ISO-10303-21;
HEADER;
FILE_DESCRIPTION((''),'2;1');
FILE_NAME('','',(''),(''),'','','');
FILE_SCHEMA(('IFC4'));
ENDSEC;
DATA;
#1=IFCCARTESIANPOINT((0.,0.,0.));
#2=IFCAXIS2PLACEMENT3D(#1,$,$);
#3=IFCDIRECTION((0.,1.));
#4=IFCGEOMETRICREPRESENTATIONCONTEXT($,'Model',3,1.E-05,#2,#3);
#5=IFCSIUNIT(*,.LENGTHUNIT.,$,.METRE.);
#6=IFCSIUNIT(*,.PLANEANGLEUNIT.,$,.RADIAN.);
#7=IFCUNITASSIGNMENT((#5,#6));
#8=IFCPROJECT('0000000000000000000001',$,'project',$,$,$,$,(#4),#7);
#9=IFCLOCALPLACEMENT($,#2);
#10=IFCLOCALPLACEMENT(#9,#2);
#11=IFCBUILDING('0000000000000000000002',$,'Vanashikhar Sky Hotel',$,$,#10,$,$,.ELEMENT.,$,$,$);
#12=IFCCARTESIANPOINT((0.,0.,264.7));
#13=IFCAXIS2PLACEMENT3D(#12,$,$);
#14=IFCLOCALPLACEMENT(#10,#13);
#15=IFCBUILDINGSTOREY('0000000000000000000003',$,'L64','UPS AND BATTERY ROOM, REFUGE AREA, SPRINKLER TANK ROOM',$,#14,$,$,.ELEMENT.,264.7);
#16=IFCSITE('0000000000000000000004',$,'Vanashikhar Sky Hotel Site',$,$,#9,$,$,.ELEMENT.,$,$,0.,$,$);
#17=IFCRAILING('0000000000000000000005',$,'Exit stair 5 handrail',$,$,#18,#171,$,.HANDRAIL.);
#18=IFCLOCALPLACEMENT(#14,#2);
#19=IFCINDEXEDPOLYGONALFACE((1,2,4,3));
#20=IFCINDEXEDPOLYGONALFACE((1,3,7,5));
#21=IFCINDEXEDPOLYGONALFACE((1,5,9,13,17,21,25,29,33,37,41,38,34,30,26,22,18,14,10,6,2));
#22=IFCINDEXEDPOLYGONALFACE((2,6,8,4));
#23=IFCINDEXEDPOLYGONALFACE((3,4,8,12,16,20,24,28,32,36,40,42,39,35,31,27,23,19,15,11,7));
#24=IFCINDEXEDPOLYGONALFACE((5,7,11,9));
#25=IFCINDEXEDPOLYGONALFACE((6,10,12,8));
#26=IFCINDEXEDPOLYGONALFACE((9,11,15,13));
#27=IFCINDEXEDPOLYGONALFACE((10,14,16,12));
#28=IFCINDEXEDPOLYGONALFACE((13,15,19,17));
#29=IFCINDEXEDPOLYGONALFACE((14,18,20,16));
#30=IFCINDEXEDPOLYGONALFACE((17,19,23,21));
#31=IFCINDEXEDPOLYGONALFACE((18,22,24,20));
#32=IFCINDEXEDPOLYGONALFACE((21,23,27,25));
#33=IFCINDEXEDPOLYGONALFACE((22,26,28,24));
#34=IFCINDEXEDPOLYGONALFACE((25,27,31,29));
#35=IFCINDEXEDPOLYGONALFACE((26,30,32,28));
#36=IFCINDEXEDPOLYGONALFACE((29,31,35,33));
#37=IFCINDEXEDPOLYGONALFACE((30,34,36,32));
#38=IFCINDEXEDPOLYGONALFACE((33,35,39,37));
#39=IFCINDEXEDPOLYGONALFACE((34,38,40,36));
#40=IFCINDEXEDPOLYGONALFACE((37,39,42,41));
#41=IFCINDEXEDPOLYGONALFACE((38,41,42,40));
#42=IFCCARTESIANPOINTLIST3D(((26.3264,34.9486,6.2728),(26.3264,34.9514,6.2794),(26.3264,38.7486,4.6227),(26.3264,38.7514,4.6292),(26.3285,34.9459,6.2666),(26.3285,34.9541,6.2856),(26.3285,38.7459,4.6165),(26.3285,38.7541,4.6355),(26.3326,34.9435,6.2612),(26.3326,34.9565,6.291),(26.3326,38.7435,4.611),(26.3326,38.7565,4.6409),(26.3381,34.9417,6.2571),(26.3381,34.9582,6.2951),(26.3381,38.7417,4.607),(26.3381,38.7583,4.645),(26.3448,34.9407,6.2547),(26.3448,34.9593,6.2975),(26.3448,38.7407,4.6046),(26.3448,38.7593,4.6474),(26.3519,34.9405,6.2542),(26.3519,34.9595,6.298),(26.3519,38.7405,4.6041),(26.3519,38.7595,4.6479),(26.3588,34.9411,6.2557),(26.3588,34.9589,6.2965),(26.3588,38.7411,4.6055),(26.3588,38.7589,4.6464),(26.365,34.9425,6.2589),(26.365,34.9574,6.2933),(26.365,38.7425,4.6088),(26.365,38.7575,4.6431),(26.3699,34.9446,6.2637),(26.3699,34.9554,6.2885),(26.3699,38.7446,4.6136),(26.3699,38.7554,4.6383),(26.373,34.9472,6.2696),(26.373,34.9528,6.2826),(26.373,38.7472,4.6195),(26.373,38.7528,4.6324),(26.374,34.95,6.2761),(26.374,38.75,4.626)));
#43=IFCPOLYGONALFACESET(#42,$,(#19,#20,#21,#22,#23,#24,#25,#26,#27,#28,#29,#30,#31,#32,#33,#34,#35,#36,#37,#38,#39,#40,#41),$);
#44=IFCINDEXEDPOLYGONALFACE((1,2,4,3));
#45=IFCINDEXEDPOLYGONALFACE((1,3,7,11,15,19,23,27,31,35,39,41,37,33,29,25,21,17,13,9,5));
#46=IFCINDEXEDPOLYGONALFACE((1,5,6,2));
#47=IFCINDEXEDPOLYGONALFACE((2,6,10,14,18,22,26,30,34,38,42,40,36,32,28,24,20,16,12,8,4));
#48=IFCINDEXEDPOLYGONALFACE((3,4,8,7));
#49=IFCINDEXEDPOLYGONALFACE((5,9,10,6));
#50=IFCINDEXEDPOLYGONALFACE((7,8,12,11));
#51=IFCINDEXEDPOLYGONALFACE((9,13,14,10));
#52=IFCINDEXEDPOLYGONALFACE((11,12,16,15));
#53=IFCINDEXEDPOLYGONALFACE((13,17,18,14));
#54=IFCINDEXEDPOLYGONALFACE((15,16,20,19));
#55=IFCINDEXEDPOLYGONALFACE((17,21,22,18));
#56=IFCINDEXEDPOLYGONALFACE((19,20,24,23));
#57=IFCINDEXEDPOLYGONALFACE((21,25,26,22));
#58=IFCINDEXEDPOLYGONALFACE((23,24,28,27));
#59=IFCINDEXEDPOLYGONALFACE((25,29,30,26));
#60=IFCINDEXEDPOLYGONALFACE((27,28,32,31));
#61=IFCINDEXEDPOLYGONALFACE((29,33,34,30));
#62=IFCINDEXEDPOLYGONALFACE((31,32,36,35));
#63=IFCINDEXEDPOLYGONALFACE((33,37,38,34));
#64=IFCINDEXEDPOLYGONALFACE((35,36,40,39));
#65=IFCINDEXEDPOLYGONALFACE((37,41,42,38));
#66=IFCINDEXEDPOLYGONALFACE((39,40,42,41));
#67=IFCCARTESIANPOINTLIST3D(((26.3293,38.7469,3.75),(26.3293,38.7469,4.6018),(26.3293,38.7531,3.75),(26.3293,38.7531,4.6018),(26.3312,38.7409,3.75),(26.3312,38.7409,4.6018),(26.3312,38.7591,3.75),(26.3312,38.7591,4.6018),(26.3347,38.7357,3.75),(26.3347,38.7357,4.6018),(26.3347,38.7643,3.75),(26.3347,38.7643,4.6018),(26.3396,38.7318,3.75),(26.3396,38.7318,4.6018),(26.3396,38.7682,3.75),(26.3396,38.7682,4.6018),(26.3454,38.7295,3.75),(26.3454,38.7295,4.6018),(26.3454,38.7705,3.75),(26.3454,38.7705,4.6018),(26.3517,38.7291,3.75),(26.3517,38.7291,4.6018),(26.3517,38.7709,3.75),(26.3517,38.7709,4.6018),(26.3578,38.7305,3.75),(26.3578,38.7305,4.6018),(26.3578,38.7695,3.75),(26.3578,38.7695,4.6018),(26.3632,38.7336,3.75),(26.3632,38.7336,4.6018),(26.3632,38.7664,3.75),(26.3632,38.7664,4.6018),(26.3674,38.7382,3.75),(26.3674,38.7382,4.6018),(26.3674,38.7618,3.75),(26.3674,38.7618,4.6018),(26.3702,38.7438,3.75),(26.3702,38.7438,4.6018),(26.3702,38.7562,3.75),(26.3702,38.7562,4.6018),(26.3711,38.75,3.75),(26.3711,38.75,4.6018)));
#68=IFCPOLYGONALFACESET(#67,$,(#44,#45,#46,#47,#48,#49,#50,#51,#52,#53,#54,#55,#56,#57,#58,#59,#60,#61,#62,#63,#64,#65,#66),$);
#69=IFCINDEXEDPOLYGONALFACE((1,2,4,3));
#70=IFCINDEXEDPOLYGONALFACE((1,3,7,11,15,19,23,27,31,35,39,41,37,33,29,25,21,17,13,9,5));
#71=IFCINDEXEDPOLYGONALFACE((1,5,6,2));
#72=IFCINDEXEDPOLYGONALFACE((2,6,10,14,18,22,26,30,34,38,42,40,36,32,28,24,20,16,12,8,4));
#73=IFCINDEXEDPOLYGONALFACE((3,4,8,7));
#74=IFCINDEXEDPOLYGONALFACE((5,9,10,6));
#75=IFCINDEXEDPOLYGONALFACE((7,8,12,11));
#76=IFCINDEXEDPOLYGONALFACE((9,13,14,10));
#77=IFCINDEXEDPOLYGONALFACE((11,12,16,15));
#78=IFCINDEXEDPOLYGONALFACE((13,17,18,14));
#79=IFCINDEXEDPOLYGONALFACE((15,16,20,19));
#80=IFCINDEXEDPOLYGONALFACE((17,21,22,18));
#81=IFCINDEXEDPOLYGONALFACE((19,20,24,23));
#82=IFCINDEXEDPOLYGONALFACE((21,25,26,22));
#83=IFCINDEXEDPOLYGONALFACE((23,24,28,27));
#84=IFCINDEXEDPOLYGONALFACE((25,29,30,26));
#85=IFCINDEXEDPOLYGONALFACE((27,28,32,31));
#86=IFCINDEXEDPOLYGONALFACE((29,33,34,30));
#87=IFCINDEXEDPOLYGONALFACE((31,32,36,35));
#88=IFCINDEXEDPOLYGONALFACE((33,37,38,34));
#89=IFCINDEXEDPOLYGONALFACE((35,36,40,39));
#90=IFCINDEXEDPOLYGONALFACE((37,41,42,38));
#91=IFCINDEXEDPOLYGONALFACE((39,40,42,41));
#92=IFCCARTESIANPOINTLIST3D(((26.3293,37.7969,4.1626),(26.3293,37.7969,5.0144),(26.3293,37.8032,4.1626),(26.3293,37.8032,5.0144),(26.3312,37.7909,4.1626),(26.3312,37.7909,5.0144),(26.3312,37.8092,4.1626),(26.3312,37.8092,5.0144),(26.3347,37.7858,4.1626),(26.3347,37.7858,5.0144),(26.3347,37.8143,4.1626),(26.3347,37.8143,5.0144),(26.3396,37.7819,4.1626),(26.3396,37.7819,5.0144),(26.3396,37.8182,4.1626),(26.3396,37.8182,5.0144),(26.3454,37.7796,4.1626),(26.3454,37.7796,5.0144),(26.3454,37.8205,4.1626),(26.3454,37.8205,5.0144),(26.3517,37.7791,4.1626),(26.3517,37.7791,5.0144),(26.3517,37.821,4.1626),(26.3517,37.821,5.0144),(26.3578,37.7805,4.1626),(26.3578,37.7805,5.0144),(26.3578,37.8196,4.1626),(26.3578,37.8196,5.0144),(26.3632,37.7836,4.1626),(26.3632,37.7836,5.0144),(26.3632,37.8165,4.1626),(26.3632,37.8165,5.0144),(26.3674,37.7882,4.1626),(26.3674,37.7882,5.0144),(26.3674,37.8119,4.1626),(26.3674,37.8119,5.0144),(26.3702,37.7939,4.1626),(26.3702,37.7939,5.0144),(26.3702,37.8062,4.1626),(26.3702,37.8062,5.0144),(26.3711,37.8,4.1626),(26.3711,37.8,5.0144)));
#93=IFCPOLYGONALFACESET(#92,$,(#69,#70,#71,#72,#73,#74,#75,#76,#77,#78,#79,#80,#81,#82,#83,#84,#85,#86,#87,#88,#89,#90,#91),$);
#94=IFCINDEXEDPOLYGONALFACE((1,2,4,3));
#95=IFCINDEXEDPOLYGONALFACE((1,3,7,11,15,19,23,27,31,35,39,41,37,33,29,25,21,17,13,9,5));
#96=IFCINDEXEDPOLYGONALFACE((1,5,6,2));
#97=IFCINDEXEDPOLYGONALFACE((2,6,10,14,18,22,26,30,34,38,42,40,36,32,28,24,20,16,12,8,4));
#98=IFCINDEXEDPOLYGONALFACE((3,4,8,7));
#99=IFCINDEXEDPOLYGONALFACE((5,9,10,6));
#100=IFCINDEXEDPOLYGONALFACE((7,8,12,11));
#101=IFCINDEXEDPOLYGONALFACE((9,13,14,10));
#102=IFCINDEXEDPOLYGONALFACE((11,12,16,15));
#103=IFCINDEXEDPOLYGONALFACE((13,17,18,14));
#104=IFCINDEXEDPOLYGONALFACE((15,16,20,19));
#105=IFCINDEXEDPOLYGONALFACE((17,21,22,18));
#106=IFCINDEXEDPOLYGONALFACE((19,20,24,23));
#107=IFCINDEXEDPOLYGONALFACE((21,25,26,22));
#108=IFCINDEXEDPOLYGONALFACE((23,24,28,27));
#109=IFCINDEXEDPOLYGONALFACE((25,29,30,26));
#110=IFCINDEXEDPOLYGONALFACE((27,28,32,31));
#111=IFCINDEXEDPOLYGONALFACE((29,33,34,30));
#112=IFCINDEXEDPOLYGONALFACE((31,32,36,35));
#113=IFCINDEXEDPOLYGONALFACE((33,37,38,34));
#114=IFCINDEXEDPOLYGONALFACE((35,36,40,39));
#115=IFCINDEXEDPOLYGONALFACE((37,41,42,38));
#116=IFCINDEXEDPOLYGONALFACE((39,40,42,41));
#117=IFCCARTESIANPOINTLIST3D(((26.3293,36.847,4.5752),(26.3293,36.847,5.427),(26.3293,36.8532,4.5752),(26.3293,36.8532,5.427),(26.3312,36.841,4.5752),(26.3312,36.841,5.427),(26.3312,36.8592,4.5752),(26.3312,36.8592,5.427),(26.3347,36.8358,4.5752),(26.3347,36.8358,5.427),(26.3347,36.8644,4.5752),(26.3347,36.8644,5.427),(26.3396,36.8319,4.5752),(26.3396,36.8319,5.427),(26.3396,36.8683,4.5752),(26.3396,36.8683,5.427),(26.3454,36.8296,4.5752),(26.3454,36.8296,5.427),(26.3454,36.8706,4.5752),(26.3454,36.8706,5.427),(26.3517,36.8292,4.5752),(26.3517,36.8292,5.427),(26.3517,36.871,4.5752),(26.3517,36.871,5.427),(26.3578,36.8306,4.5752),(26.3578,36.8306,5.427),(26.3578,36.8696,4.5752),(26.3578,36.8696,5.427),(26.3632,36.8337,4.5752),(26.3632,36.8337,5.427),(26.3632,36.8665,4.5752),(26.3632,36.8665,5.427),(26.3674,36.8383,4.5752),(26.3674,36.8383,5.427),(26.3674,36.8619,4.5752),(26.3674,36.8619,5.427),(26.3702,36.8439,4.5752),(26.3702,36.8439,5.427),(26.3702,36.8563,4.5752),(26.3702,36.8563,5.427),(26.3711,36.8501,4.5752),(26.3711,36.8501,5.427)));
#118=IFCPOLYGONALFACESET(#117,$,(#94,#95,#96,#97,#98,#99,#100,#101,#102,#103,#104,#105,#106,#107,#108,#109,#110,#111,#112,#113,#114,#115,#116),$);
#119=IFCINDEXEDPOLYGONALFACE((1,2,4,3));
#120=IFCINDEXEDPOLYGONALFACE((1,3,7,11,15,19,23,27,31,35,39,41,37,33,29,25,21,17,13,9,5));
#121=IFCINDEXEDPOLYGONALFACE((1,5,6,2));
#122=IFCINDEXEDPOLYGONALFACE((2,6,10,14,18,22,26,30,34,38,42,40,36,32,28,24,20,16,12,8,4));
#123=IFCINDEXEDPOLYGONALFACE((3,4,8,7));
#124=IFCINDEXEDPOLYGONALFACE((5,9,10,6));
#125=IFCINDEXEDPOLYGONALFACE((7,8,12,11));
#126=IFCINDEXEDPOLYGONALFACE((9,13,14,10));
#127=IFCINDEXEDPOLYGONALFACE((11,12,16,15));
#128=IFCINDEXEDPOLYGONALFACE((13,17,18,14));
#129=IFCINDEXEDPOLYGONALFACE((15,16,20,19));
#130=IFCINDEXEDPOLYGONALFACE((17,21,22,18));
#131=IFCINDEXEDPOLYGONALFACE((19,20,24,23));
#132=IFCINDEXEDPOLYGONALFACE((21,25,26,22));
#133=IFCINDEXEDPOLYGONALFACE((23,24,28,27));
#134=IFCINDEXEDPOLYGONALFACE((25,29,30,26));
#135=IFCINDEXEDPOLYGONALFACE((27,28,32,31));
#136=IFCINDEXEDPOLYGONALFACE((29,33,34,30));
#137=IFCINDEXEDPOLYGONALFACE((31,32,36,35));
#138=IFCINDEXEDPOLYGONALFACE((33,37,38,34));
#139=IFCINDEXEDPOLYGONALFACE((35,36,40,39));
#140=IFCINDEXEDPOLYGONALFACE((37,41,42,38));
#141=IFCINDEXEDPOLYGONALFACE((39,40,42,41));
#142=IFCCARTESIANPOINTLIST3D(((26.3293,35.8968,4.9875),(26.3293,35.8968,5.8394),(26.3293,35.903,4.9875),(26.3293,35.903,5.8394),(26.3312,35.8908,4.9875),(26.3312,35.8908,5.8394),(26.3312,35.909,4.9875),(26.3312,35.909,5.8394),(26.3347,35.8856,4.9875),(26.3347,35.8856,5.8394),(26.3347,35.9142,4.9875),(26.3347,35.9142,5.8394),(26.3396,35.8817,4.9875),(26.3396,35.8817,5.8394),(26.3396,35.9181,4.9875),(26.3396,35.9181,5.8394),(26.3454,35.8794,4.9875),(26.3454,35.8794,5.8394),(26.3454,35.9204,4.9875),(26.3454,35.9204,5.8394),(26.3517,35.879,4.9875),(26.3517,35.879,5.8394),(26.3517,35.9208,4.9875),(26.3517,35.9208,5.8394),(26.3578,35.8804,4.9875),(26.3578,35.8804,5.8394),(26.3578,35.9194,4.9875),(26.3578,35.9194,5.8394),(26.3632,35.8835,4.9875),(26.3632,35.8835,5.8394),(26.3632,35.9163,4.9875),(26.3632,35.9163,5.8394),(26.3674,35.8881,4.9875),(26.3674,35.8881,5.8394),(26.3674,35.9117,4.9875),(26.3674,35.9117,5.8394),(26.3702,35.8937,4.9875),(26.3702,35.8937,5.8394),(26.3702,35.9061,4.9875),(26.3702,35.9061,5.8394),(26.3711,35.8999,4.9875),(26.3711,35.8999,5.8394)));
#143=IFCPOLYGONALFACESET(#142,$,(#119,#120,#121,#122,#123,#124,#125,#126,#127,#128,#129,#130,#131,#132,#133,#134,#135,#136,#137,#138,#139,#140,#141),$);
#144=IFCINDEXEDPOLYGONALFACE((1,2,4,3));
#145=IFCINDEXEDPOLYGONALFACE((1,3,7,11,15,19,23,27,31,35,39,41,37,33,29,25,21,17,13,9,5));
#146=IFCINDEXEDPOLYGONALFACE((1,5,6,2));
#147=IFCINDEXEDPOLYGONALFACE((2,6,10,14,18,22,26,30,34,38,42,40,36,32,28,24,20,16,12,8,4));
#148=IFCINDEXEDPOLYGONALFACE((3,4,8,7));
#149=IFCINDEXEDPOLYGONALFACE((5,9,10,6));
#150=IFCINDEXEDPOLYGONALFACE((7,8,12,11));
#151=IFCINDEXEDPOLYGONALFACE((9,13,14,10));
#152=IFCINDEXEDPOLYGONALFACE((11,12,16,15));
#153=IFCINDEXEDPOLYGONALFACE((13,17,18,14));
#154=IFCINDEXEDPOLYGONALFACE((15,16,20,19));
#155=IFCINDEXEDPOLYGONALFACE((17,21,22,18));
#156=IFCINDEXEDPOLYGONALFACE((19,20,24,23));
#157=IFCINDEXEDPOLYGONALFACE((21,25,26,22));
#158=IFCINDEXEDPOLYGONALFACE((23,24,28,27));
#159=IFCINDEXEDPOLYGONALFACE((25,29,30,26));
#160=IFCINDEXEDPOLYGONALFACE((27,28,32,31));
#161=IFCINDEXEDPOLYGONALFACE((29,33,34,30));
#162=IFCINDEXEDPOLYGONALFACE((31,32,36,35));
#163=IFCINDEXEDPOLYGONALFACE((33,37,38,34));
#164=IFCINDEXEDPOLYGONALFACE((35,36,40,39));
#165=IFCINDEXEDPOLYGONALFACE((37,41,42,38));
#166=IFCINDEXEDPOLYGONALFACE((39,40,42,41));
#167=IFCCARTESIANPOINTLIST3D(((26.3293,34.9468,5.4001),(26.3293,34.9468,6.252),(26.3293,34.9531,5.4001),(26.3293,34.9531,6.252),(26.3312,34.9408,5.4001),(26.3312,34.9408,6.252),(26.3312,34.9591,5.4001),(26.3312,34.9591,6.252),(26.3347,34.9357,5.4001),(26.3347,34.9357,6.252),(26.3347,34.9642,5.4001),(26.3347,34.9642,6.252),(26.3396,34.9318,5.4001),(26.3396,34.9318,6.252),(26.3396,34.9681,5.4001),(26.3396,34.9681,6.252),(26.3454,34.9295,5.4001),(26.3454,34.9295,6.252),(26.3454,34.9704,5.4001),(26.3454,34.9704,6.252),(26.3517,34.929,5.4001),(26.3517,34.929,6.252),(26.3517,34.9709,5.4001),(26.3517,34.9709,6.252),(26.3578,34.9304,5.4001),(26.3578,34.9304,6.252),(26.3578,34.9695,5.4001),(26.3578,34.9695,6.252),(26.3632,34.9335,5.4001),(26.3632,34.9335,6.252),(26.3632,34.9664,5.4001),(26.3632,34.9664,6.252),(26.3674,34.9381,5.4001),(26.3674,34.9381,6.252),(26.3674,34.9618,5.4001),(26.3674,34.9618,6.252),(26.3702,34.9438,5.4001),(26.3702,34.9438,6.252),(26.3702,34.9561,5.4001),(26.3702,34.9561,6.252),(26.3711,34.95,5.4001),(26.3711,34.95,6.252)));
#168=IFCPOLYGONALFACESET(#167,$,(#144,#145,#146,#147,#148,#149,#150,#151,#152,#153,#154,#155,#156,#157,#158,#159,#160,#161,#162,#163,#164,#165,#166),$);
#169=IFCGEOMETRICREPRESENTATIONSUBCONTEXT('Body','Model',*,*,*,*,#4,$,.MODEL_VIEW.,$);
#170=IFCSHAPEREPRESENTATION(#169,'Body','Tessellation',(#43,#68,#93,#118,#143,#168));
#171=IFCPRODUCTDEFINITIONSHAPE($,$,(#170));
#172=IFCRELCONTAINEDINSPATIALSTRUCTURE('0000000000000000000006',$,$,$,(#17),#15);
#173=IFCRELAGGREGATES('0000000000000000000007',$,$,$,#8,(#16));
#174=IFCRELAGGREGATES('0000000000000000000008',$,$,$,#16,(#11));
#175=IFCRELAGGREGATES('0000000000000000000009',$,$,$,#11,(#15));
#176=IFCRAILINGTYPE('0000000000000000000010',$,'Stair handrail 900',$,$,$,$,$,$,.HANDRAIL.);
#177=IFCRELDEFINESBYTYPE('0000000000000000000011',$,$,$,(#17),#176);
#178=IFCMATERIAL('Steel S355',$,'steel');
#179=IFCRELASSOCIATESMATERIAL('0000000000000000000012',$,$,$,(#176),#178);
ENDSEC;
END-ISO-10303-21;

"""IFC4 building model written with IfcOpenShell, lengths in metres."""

from ifc_helpers import new_model, si_unit, direction, frame, origin, origin_2d, place, context, subcontext, project, spatial, circle, extrude, source, transform, mapped, material, type_object, element, save


model = new_model("IFC4")

# Units and contexts
model_context = context("Model", 3, precision=1e-05, world=origin(), true_north=direction((0.0, 1.0)))
body_context = subcontext(model_context, "Body", "Model", "MODEL_VIEW")
ifc_project = project(units=[si_unit("LENGTHUNIT", "METRE"), si_unit("PLANEANGLEUNIT", "RADIAN")], contexts=[model_context])

# Site, building, storey
site_placement = place(None, origin())
site = spatial("IfcSite", under=ifc_project, at=site_placement, Name="Vanashikhar Sky Hotel Site", CompositionType="ELEMENT", RefElevation=0.0)
building_placement = place(site_placement, origin())
building = spatial("IfcBuilding", under=site, at=building_placement, Name="Vanashikhar Sky Hotel", CompositionType="ELEMENT")
storey_placement = place(building_placement, frame((0.0, 0.0, 264.7)))
storey = spatial("IfcBuildingStorey", under=building, at=storey_placement, Name="L64", Description="UPS AND BATTERY ROOM, REFUGE AREA, SPRINKLER TANK ROOM", CompositionType="ELEMENT", Elevation=264.7)

# Railing
ifc_material_1 = material(Name="Steel S355", Category="steel")
railing_type_1 = type_object("IfcRailingType", Name="Stair handrail 900", PredefinedType="HANDRAIL", material=ifc_material_1)
shared_shape_1 = source(origin(), body_context, "Body", "SweptSolid", [
    extrude(circle(Radius=0.0239, at=origin_2d()), frame((0.0, 0.0, 0.876), z_axis=(0.0, -0.917251, 0.39831), x_axis=(1.0, 0.0, 0.0)), (0.0, 0.0, 1.0), 4.1428),
    extrude(circle(Radius=0.021, at=origin_2d()), origin(), (0.0, 0.0, 1.0), 0.8518),
    extrude(circle(Radius=0.021, at=origin_2d()), frame((0.0, -0.95, 0.4126)), (0.0, 0.0, 1.0), 0.8518),
    extrude(circle(Radius=0.021, at=origin_2d()), frame((0.0, -1.8999, 0.8252)), (0.0, 0.0, 1.0), 0.8518),
    extrude(circle(Radius=0.021, at=origin_2d()), frame((0.0, -2.8501, 1.2375)), (0.0, 0.0, 1.0), 0.8518),
    extrude(circle(Radius=0.021, at=origin_2d()), frame((0.0, -3.8, 1.6501)), (0.0, 0.0, 1.0), 0.8518),
])
railing_placement = place(storey_placement, frame((26.3501, 38.75, 3.75)))
element("IfcRailing", 1, at=railing_placement, inside=storey, type_object=railing_type_1, Name="Exit stair 5 handrail", PredefinedType="HANDRAIL", context=body_context, shape_type="MappedRepresentation", body=[
    mapped(shared_shape_1, transform((0.0, 0.0, 0.0), scale=1.0)),
])

save(model, "model.ifc")
